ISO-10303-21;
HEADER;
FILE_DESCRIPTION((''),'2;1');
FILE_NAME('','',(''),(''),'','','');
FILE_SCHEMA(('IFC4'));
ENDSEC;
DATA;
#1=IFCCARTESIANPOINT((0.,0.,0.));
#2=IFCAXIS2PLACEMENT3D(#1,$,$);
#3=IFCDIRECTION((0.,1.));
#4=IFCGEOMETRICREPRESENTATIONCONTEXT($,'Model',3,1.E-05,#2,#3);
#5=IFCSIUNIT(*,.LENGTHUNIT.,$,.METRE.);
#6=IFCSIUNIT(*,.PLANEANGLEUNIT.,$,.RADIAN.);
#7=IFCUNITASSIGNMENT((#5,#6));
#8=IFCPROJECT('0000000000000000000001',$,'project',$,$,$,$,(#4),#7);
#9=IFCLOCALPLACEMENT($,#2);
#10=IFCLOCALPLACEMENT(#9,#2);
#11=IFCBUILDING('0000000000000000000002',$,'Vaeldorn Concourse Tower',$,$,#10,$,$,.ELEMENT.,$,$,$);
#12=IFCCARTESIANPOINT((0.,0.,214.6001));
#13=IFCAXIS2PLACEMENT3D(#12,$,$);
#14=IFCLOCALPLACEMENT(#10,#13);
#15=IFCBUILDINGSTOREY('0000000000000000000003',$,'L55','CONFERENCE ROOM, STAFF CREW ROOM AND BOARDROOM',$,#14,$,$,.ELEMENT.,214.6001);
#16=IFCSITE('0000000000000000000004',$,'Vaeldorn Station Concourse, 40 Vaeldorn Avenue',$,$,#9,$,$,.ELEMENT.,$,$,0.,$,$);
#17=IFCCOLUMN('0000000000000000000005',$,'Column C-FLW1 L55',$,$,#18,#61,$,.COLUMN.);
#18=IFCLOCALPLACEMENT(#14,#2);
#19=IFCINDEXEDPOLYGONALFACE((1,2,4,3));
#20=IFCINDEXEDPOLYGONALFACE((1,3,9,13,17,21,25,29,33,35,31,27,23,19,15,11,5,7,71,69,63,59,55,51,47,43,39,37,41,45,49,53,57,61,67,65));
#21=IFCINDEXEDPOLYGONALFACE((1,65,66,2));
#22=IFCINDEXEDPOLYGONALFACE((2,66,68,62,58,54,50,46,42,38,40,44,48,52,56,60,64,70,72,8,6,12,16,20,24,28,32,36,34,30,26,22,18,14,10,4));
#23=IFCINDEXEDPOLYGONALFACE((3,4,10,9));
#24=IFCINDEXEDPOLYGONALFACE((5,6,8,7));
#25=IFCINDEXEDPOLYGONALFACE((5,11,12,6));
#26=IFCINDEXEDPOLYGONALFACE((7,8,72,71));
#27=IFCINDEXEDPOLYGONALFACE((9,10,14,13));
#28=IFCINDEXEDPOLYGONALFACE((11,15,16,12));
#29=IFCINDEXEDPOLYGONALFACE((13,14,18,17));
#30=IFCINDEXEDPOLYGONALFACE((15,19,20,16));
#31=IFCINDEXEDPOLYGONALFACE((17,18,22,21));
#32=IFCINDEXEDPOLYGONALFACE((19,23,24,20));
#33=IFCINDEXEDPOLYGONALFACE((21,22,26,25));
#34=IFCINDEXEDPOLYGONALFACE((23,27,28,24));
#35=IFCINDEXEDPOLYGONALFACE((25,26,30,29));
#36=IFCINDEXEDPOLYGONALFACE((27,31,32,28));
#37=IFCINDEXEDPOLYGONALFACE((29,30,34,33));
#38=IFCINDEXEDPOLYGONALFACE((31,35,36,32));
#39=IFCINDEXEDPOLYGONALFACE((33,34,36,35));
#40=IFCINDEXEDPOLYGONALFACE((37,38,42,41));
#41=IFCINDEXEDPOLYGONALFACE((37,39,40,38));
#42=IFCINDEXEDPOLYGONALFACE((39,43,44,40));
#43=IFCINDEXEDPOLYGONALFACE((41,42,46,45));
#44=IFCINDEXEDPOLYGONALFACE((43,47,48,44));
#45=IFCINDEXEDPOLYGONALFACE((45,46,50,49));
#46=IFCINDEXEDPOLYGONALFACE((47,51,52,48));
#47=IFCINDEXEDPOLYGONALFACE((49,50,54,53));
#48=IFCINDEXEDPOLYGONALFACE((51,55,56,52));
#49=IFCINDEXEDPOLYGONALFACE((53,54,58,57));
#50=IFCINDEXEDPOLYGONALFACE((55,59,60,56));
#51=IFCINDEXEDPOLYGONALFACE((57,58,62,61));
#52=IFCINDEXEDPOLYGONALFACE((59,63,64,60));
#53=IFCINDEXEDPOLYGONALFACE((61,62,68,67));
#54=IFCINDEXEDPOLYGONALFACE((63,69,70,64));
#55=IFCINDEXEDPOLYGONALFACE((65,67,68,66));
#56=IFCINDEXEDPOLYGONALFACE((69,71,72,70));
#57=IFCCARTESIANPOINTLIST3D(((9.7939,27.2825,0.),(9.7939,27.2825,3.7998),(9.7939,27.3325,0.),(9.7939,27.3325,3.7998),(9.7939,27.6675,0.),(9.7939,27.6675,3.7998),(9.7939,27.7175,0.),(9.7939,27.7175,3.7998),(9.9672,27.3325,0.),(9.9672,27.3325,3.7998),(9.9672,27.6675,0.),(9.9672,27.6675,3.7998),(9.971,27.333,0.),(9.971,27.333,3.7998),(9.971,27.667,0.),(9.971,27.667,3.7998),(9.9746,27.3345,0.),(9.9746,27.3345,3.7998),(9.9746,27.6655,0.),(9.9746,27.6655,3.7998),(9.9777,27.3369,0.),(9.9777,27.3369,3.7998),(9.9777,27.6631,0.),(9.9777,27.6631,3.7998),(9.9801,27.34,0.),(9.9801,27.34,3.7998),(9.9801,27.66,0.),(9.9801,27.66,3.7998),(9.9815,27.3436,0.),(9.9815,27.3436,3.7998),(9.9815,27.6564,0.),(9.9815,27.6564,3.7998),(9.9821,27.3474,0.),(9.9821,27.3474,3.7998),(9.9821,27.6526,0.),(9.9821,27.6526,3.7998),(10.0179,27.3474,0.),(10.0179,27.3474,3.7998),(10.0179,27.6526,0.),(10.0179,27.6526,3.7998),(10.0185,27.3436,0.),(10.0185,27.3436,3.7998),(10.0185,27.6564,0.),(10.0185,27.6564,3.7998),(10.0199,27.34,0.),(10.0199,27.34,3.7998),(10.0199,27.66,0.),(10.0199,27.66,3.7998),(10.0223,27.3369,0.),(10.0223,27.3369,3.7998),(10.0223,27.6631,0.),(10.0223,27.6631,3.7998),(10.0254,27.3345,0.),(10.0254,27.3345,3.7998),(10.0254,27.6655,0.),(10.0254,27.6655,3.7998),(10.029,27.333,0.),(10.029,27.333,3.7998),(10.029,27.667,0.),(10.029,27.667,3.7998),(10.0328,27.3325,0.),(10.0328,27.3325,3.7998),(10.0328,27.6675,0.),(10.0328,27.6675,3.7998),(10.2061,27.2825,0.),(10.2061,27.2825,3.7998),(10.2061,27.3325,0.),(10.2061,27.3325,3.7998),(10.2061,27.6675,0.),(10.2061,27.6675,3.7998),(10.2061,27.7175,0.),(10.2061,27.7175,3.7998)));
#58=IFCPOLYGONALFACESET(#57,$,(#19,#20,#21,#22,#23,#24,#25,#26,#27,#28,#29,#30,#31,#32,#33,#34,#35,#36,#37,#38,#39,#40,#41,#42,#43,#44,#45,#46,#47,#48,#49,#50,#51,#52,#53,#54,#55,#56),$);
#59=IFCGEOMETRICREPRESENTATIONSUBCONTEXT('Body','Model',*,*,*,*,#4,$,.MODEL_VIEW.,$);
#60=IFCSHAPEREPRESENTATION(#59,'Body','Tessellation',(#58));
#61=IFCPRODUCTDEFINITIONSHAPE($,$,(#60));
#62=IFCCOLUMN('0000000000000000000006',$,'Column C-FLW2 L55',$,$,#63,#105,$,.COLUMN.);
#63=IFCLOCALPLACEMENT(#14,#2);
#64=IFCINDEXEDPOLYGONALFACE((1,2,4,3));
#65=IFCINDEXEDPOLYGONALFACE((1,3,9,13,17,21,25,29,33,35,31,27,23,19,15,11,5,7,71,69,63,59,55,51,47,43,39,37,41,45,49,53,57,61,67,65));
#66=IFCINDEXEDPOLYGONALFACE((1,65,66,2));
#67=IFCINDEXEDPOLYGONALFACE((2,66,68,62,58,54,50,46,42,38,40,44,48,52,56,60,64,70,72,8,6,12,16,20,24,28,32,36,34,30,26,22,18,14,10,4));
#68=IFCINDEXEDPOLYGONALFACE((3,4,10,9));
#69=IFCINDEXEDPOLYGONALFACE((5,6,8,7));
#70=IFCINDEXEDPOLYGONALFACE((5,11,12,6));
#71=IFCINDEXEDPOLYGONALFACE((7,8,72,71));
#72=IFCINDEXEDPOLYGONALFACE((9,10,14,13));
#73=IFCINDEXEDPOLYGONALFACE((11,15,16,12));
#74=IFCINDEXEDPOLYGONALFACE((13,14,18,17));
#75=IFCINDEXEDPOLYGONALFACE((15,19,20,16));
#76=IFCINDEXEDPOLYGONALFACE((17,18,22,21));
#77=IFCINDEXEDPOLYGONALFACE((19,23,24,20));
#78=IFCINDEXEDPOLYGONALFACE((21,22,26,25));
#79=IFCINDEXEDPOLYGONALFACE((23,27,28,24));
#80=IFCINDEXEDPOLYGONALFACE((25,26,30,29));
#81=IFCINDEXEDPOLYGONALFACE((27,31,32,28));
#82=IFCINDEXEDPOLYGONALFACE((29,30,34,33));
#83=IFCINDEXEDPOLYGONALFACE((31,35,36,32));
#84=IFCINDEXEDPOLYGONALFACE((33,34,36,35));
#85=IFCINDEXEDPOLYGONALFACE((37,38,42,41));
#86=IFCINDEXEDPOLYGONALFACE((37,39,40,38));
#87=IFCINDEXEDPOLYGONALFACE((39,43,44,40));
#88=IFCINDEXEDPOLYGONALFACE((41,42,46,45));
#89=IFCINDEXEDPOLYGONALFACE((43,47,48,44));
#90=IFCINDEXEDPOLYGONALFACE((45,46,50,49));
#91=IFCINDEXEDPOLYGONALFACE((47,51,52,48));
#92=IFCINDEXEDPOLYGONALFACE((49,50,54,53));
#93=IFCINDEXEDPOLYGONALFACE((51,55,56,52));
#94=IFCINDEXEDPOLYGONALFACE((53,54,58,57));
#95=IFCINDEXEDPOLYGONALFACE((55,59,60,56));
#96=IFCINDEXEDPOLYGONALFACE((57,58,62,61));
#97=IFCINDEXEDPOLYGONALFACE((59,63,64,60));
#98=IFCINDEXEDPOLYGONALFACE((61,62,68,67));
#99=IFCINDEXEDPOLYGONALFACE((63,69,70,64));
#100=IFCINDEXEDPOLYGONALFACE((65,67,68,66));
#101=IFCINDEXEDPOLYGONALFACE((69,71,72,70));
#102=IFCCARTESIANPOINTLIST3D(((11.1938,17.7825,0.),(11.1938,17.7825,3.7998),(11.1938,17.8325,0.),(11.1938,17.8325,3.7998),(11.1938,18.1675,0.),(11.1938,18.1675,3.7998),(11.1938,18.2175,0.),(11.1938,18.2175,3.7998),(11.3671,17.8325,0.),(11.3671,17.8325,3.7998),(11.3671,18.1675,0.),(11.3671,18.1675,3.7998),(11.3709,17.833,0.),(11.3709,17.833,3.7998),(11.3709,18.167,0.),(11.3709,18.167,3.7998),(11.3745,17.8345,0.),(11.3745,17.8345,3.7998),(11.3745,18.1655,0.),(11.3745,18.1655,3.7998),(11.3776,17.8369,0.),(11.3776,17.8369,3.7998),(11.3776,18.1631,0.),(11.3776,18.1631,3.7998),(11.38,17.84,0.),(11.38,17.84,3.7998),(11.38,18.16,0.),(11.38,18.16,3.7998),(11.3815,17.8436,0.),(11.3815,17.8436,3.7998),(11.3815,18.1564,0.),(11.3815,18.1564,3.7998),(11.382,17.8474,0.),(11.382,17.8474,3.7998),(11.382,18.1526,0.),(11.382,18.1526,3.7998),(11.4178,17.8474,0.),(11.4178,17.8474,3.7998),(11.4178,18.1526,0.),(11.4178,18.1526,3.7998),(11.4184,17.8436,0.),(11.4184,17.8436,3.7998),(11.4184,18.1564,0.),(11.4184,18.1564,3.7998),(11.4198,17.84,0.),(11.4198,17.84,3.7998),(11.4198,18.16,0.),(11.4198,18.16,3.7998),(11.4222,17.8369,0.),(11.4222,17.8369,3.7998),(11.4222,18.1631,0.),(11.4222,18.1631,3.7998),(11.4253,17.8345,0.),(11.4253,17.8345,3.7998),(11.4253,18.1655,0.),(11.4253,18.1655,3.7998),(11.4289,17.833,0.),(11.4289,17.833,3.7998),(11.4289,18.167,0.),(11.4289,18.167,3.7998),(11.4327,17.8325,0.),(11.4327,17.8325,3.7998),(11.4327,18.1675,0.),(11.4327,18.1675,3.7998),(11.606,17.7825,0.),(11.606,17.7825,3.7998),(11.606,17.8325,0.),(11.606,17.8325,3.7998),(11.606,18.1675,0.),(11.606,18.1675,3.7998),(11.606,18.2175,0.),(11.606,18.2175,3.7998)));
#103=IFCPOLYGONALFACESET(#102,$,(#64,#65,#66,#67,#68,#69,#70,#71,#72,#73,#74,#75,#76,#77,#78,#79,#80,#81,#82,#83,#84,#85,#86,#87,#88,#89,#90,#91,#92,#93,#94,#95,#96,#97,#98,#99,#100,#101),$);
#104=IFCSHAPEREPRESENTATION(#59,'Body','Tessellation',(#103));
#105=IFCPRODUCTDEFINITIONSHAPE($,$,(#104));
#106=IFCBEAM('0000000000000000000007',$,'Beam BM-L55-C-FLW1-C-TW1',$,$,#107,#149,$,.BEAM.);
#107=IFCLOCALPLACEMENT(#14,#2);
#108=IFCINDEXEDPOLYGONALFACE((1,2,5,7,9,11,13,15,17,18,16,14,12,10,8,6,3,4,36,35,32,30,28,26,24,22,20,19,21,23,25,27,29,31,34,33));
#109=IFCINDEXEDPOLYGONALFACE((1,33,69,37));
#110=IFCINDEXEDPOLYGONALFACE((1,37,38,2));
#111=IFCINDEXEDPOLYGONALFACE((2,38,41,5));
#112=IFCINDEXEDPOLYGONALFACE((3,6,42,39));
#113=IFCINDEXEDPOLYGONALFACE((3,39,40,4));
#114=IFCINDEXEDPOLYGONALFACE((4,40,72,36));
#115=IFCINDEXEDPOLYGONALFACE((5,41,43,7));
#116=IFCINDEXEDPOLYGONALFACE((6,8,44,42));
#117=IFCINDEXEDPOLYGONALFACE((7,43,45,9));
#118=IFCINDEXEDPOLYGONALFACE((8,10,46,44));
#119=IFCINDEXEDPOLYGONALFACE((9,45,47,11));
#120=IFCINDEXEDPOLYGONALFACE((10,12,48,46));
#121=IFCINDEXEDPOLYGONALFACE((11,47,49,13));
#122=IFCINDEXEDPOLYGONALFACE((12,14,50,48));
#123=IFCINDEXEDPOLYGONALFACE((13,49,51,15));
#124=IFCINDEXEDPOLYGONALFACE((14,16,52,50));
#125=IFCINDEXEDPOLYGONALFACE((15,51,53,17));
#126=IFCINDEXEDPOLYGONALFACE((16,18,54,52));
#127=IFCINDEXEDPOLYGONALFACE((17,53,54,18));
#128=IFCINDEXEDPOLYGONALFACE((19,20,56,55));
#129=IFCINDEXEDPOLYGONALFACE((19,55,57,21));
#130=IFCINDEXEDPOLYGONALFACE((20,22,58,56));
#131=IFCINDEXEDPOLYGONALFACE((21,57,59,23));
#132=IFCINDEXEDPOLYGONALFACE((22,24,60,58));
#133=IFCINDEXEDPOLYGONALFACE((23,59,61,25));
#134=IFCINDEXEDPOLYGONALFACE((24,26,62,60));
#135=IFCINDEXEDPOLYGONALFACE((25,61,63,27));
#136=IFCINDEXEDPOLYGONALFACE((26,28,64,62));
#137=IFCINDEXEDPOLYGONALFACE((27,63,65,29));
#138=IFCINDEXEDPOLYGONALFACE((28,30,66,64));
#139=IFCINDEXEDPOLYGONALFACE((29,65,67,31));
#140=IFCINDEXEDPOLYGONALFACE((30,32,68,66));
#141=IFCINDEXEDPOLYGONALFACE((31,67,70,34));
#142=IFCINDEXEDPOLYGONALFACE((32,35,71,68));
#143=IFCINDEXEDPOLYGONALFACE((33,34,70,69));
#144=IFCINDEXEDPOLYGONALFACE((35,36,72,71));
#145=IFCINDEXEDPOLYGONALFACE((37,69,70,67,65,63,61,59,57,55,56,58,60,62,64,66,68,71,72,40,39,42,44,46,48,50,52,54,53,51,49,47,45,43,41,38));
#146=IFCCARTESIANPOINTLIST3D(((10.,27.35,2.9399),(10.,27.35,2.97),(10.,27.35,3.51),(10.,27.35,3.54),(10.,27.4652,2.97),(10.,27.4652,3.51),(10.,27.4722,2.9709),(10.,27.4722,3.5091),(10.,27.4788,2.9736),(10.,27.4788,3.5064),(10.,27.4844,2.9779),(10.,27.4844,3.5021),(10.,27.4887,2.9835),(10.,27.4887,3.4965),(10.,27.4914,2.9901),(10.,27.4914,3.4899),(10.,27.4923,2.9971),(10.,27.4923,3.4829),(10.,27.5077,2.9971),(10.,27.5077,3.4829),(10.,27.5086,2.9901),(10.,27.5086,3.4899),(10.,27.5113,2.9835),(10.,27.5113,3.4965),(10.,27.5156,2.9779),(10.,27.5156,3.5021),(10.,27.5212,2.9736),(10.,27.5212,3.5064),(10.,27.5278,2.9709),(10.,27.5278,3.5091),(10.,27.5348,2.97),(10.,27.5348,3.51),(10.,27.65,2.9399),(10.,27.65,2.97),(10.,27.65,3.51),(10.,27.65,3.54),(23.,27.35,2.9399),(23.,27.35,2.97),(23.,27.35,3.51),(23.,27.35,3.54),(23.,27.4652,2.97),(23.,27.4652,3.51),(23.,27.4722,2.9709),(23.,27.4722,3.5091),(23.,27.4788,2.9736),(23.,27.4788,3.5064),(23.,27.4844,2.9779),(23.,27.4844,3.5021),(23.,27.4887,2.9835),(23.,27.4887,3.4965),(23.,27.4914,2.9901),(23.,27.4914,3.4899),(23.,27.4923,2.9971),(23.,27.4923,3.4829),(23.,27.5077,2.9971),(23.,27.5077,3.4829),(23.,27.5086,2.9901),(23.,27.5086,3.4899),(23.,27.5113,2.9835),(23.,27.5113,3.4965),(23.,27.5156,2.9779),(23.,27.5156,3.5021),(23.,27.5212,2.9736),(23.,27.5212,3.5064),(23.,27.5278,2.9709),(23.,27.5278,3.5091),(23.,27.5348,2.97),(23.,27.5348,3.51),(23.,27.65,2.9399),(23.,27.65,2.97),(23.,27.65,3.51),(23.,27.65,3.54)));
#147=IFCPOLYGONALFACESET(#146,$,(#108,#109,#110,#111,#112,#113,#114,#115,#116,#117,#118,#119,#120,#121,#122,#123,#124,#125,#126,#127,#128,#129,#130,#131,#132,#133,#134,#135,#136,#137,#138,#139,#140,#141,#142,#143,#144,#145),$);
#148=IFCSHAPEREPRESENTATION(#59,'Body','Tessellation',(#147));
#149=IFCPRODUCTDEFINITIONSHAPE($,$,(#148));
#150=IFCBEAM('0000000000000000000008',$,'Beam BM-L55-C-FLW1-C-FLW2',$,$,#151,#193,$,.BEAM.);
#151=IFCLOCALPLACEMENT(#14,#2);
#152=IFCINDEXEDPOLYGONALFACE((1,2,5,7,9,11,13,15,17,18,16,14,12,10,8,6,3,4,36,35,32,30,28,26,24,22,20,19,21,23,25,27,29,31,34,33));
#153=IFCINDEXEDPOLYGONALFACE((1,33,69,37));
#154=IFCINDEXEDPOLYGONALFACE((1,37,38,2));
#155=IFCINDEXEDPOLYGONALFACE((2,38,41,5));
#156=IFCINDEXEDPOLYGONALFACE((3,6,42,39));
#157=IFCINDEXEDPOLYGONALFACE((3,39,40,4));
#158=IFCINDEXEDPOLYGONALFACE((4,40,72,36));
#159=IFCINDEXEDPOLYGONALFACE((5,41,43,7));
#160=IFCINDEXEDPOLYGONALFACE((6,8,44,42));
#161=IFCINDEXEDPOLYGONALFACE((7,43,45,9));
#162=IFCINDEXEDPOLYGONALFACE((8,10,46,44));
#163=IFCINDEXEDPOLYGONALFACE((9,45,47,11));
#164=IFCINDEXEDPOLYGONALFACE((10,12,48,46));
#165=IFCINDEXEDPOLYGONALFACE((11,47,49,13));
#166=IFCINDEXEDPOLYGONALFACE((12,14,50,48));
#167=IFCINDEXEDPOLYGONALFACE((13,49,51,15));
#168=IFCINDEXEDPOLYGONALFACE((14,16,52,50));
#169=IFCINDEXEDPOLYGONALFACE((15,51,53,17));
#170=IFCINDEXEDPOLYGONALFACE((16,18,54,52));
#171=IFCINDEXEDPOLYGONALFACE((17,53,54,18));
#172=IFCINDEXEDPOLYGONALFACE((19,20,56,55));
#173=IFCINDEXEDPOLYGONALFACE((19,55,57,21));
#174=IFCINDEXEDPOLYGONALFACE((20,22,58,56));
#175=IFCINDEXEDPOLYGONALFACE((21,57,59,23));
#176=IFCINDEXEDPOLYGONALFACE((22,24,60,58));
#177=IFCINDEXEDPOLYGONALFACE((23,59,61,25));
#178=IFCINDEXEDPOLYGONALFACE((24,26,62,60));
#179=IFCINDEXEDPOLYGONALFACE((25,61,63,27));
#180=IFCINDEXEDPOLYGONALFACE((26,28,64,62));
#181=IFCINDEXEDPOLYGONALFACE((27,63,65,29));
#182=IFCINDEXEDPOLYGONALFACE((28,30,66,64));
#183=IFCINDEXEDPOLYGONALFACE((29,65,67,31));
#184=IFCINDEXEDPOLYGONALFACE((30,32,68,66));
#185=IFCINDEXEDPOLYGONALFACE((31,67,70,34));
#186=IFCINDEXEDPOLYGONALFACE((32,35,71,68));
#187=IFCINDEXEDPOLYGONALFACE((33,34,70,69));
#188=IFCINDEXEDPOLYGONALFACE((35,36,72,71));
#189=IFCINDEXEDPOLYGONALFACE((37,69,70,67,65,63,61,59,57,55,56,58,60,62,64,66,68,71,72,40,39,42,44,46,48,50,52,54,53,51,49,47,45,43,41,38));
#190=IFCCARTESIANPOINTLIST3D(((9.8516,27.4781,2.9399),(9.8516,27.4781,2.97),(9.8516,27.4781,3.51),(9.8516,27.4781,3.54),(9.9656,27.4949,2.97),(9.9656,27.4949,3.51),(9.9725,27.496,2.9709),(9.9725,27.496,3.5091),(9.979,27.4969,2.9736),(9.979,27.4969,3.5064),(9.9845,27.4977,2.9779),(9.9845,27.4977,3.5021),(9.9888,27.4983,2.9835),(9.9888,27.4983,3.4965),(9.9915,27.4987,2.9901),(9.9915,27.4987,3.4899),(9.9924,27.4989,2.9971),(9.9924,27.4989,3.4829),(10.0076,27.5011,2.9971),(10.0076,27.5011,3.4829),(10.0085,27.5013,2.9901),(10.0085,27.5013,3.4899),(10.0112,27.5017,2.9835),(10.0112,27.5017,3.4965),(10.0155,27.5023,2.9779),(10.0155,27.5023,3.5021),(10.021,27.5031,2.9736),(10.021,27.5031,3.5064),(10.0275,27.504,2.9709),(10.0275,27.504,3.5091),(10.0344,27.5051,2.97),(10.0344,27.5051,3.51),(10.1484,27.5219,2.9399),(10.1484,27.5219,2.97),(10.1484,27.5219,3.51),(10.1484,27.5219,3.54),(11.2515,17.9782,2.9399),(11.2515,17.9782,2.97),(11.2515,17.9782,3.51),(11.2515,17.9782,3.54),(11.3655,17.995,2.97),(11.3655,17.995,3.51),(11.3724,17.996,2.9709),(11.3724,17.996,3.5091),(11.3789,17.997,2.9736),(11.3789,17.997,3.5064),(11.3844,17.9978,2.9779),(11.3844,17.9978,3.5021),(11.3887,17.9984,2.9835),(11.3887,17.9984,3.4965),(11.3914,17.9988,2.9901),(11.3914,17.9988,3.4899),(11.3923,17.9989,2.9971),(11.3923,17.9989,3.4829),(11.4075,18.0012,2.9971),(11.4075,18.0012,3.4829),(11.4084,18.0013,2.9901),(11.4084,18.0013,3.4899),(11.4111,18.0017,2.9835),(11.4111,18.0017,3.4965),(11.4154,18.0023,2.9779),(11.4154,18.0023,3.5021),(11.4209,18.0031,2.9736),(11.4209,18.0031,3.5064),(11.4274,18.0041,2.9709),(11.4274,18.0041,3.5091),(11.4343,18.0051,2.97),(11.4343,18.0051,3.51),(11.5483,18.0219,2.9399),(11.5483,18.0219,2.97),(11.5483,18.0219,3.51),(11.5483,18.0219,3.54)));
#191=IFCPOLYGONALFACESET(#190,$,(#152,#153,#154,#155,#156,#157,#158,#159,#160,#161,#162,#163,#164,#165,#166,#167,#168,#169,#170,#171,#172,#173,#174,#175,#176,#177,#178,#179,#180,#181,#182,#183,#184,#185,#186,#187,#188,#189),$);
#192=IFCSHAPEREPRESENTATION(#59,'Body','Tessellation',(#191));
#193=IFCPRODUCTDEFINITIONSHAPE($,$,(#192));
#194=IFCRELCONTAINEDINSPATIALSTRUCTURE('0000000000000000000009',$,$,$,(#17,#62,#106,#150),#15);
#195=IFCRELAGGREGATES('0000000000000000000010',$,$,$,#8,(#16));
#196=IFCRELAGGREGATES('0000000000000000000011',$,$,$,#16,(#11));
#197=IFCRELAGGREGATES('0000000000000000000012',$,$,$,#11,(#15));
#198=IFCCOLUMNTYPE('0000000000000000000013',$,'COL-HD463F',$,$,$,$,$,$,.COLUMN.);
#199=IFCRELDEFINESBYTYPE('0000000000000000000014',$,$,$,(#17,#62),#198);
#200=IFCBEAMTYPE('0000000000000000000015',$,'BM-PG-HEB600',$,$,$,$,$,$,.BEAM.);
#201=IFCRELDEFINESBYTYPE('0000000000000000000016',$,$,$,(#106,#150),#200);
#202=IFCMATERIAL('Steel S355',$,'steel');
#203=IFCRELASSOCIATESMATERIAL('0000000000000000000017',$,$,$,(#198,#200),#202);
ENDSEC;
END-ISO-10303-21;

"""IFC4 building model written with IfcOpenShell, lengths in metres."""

from ifc_helpers import new_model, si_unit, direction, frame, origin, origin_2d, place, context, subcontext, project, spatial, i_section, extrude, source, transform, mapped, material, material_profile, profile_set, type_object, element, save


model = new_model("IFC4")

# Units and contexts
model_context = context("Model", 3, precision=1e-05, world=origin(), true_north=direction((0.0, 1.0)))
body_context = subcontext(model_context, "Body", "Model", "MODEL_VIEW")
ifc_project = project(units=[si_unit("LENGTHUNIT", "METRE"), si_unit("PLANEANGLEUNIT", "RADIAN")], contexts=[model_context])

# Site, building, storey
site_placement = place(None, origin())
site = spatial("IfcSite", under=ifc_project, at=site_placement, Name="Vaeldorn Station Concourse, 40 Vaeldorn Avenue", CompositionType="ELEMENT", RefElevation=0.0)
building_placement = place(site_placement, origin())
building = spatial("IfcBuilding", under=site, at=building_placement, Name="Vaeldorn Concourse Tower", CompositionType="ELEMENT")
storey_placement = place(building_placement, frame((0.0, 0.0, 214.6001)))
storey = spatial("IfcBuildingStorey", under=building, at=storey_placement, Name="L55", Description="CONFERENCE ROOM, STAFF CREW ROOM AND BOARDROOM", CompositionType="ELEMENT", Elevation=214.6001)

# Columns
ifc_material_1 = material(Name="Steel S355", Category="steel")
ifc_material_profile_1 = material_profile(ifc_material_1, i_section(OverallWidth=0.4121, OverallDepth=0.4351, WebThickness=0.0359, FlangeThickness=0.05, FilletRadius=0.0149, at=origin_2d()), Name="HD 400x463")
ifc_profile_set_1 = profile_set([ifc_material_profile_1], Name="Steel S355")
column_type = type_object("IfcColumnType", Name="COL-HD463F", PredefinedType="COLUMN", material=ifc_profile_set_1)
shared_shape_1 = source(origin(), body_context, "Body", "SweptSolid", [
    extrude(i_section(OverallWidth=0.4121, OverallDepth=0.4351, WebThickness=0.0359, FlangeThickness=0.05, FilletRadius=0.0149, at=origin_2d()), origin(), (0.0, 0.0, 1.0), 3.7998),
])
for number, where, z_axis, x_axis, name in (
    (1, (10.0, 27.5, 0.0), (0.0, 0.0, 1.0), (1.0, 0.0, 0.0), "Column C-FLW1 L55"),
    (2, (11.3999, 18.0, 0.0), (0.0, 0.0, 1.0), (1.0, 0.0, 0.0), "Column C-FLW2 L55"),
):
    element("IfcColumn", number, at=place(storey_placement, frame(where, z_axis=z_axis, x_axis=x_axis)), inside=storey, type_object=column_type, Name=name, PredefinedType="COLUMN", context=body_context, shape_type="MappedRepresentation", body=[
        mapped(shared_shape_1, transform((0.0, 0.0, 0.0), scale=1.0)),
    ])

# Beams
ifc_material_profile_2 = material_profile(ifc_material_1, i_section(OverallWidth=0.3, OverallDepth=0.6001, WebThickness=0.0154, FlangeThickness=0.03, FilletRadius=0.0271, at=origin_2d()), Name="HEB 600")
ifc_profile_set_2 = profile_set([ifc_material_profile_2], Name="Steel S355")
beam_type_1 = type_object("IfcBeamType", Name="BM-PG-HEB600", PredefinedType="BEAM", material=ifc_profile_set_2)
shared_shape_2 = source(origin(), body_context, "Body", "SweptSolid", [
    extrude(i_section(OverallWidth=0.3, OverallDepth=0.6001, WebThickness=0.0154, FlangeThickness=0.03, FilletRadius=0.0271, at=origin_2d()), origin(), (0.0, 0.0, 1.0), 13.0),
])
beam_1_placement = place(storey_placement, frame((10.0, 27.5, 3.24), z_axis=(1.0, 0.0, 0.0), x_axis=(0.0, 1.0, 0.0)))
element("IfcBeam", 3, at=beam_1_placement, inside=storey, type_object=beam_type_1, Name="Beam BM-L55-C-FLW1-C-TW1", PredefinedType="BEAM", context=body_context, shape_type="MappedRepresentation", body=[
    mapped(shared_shape_2, transform((0.0, 0.0, 0.0), scale=1.0)),
])
shared_shape_3 = source(origin(), body_context, "Body", "SweptSolid", [
    extrude(i_section(OverallWidth=0.3, OverallDepth=0.6001, WebThickness=0.0154, FlangeThickness=0.03, FilletRadius=0.0271, at=origin_2d()), origin(), (0.0, 0.0, 1.0), 9.6025),
])
beam_2_placement = place(storey_placement, frame((10.0, 27.5, 3.24), z_axis=(0.145784, -0.989316, 0.0), x_axis=(0.989316, 0.145784, 0.0)))
element("IfcBeam", 4, at=beam_2_placement, inside=storey, type_object=beam_type_1, Name="Beam BM-L55-C-FLW1-C-FLW2", PredefinedType="BEAM", context=body_context, shape_type="MappedRepresentation", body=[
    mapped(shared_shape_3, transform((0.0, 0.0, 0.0), scale=1.0)),
])

save(model, "model.ifc")
